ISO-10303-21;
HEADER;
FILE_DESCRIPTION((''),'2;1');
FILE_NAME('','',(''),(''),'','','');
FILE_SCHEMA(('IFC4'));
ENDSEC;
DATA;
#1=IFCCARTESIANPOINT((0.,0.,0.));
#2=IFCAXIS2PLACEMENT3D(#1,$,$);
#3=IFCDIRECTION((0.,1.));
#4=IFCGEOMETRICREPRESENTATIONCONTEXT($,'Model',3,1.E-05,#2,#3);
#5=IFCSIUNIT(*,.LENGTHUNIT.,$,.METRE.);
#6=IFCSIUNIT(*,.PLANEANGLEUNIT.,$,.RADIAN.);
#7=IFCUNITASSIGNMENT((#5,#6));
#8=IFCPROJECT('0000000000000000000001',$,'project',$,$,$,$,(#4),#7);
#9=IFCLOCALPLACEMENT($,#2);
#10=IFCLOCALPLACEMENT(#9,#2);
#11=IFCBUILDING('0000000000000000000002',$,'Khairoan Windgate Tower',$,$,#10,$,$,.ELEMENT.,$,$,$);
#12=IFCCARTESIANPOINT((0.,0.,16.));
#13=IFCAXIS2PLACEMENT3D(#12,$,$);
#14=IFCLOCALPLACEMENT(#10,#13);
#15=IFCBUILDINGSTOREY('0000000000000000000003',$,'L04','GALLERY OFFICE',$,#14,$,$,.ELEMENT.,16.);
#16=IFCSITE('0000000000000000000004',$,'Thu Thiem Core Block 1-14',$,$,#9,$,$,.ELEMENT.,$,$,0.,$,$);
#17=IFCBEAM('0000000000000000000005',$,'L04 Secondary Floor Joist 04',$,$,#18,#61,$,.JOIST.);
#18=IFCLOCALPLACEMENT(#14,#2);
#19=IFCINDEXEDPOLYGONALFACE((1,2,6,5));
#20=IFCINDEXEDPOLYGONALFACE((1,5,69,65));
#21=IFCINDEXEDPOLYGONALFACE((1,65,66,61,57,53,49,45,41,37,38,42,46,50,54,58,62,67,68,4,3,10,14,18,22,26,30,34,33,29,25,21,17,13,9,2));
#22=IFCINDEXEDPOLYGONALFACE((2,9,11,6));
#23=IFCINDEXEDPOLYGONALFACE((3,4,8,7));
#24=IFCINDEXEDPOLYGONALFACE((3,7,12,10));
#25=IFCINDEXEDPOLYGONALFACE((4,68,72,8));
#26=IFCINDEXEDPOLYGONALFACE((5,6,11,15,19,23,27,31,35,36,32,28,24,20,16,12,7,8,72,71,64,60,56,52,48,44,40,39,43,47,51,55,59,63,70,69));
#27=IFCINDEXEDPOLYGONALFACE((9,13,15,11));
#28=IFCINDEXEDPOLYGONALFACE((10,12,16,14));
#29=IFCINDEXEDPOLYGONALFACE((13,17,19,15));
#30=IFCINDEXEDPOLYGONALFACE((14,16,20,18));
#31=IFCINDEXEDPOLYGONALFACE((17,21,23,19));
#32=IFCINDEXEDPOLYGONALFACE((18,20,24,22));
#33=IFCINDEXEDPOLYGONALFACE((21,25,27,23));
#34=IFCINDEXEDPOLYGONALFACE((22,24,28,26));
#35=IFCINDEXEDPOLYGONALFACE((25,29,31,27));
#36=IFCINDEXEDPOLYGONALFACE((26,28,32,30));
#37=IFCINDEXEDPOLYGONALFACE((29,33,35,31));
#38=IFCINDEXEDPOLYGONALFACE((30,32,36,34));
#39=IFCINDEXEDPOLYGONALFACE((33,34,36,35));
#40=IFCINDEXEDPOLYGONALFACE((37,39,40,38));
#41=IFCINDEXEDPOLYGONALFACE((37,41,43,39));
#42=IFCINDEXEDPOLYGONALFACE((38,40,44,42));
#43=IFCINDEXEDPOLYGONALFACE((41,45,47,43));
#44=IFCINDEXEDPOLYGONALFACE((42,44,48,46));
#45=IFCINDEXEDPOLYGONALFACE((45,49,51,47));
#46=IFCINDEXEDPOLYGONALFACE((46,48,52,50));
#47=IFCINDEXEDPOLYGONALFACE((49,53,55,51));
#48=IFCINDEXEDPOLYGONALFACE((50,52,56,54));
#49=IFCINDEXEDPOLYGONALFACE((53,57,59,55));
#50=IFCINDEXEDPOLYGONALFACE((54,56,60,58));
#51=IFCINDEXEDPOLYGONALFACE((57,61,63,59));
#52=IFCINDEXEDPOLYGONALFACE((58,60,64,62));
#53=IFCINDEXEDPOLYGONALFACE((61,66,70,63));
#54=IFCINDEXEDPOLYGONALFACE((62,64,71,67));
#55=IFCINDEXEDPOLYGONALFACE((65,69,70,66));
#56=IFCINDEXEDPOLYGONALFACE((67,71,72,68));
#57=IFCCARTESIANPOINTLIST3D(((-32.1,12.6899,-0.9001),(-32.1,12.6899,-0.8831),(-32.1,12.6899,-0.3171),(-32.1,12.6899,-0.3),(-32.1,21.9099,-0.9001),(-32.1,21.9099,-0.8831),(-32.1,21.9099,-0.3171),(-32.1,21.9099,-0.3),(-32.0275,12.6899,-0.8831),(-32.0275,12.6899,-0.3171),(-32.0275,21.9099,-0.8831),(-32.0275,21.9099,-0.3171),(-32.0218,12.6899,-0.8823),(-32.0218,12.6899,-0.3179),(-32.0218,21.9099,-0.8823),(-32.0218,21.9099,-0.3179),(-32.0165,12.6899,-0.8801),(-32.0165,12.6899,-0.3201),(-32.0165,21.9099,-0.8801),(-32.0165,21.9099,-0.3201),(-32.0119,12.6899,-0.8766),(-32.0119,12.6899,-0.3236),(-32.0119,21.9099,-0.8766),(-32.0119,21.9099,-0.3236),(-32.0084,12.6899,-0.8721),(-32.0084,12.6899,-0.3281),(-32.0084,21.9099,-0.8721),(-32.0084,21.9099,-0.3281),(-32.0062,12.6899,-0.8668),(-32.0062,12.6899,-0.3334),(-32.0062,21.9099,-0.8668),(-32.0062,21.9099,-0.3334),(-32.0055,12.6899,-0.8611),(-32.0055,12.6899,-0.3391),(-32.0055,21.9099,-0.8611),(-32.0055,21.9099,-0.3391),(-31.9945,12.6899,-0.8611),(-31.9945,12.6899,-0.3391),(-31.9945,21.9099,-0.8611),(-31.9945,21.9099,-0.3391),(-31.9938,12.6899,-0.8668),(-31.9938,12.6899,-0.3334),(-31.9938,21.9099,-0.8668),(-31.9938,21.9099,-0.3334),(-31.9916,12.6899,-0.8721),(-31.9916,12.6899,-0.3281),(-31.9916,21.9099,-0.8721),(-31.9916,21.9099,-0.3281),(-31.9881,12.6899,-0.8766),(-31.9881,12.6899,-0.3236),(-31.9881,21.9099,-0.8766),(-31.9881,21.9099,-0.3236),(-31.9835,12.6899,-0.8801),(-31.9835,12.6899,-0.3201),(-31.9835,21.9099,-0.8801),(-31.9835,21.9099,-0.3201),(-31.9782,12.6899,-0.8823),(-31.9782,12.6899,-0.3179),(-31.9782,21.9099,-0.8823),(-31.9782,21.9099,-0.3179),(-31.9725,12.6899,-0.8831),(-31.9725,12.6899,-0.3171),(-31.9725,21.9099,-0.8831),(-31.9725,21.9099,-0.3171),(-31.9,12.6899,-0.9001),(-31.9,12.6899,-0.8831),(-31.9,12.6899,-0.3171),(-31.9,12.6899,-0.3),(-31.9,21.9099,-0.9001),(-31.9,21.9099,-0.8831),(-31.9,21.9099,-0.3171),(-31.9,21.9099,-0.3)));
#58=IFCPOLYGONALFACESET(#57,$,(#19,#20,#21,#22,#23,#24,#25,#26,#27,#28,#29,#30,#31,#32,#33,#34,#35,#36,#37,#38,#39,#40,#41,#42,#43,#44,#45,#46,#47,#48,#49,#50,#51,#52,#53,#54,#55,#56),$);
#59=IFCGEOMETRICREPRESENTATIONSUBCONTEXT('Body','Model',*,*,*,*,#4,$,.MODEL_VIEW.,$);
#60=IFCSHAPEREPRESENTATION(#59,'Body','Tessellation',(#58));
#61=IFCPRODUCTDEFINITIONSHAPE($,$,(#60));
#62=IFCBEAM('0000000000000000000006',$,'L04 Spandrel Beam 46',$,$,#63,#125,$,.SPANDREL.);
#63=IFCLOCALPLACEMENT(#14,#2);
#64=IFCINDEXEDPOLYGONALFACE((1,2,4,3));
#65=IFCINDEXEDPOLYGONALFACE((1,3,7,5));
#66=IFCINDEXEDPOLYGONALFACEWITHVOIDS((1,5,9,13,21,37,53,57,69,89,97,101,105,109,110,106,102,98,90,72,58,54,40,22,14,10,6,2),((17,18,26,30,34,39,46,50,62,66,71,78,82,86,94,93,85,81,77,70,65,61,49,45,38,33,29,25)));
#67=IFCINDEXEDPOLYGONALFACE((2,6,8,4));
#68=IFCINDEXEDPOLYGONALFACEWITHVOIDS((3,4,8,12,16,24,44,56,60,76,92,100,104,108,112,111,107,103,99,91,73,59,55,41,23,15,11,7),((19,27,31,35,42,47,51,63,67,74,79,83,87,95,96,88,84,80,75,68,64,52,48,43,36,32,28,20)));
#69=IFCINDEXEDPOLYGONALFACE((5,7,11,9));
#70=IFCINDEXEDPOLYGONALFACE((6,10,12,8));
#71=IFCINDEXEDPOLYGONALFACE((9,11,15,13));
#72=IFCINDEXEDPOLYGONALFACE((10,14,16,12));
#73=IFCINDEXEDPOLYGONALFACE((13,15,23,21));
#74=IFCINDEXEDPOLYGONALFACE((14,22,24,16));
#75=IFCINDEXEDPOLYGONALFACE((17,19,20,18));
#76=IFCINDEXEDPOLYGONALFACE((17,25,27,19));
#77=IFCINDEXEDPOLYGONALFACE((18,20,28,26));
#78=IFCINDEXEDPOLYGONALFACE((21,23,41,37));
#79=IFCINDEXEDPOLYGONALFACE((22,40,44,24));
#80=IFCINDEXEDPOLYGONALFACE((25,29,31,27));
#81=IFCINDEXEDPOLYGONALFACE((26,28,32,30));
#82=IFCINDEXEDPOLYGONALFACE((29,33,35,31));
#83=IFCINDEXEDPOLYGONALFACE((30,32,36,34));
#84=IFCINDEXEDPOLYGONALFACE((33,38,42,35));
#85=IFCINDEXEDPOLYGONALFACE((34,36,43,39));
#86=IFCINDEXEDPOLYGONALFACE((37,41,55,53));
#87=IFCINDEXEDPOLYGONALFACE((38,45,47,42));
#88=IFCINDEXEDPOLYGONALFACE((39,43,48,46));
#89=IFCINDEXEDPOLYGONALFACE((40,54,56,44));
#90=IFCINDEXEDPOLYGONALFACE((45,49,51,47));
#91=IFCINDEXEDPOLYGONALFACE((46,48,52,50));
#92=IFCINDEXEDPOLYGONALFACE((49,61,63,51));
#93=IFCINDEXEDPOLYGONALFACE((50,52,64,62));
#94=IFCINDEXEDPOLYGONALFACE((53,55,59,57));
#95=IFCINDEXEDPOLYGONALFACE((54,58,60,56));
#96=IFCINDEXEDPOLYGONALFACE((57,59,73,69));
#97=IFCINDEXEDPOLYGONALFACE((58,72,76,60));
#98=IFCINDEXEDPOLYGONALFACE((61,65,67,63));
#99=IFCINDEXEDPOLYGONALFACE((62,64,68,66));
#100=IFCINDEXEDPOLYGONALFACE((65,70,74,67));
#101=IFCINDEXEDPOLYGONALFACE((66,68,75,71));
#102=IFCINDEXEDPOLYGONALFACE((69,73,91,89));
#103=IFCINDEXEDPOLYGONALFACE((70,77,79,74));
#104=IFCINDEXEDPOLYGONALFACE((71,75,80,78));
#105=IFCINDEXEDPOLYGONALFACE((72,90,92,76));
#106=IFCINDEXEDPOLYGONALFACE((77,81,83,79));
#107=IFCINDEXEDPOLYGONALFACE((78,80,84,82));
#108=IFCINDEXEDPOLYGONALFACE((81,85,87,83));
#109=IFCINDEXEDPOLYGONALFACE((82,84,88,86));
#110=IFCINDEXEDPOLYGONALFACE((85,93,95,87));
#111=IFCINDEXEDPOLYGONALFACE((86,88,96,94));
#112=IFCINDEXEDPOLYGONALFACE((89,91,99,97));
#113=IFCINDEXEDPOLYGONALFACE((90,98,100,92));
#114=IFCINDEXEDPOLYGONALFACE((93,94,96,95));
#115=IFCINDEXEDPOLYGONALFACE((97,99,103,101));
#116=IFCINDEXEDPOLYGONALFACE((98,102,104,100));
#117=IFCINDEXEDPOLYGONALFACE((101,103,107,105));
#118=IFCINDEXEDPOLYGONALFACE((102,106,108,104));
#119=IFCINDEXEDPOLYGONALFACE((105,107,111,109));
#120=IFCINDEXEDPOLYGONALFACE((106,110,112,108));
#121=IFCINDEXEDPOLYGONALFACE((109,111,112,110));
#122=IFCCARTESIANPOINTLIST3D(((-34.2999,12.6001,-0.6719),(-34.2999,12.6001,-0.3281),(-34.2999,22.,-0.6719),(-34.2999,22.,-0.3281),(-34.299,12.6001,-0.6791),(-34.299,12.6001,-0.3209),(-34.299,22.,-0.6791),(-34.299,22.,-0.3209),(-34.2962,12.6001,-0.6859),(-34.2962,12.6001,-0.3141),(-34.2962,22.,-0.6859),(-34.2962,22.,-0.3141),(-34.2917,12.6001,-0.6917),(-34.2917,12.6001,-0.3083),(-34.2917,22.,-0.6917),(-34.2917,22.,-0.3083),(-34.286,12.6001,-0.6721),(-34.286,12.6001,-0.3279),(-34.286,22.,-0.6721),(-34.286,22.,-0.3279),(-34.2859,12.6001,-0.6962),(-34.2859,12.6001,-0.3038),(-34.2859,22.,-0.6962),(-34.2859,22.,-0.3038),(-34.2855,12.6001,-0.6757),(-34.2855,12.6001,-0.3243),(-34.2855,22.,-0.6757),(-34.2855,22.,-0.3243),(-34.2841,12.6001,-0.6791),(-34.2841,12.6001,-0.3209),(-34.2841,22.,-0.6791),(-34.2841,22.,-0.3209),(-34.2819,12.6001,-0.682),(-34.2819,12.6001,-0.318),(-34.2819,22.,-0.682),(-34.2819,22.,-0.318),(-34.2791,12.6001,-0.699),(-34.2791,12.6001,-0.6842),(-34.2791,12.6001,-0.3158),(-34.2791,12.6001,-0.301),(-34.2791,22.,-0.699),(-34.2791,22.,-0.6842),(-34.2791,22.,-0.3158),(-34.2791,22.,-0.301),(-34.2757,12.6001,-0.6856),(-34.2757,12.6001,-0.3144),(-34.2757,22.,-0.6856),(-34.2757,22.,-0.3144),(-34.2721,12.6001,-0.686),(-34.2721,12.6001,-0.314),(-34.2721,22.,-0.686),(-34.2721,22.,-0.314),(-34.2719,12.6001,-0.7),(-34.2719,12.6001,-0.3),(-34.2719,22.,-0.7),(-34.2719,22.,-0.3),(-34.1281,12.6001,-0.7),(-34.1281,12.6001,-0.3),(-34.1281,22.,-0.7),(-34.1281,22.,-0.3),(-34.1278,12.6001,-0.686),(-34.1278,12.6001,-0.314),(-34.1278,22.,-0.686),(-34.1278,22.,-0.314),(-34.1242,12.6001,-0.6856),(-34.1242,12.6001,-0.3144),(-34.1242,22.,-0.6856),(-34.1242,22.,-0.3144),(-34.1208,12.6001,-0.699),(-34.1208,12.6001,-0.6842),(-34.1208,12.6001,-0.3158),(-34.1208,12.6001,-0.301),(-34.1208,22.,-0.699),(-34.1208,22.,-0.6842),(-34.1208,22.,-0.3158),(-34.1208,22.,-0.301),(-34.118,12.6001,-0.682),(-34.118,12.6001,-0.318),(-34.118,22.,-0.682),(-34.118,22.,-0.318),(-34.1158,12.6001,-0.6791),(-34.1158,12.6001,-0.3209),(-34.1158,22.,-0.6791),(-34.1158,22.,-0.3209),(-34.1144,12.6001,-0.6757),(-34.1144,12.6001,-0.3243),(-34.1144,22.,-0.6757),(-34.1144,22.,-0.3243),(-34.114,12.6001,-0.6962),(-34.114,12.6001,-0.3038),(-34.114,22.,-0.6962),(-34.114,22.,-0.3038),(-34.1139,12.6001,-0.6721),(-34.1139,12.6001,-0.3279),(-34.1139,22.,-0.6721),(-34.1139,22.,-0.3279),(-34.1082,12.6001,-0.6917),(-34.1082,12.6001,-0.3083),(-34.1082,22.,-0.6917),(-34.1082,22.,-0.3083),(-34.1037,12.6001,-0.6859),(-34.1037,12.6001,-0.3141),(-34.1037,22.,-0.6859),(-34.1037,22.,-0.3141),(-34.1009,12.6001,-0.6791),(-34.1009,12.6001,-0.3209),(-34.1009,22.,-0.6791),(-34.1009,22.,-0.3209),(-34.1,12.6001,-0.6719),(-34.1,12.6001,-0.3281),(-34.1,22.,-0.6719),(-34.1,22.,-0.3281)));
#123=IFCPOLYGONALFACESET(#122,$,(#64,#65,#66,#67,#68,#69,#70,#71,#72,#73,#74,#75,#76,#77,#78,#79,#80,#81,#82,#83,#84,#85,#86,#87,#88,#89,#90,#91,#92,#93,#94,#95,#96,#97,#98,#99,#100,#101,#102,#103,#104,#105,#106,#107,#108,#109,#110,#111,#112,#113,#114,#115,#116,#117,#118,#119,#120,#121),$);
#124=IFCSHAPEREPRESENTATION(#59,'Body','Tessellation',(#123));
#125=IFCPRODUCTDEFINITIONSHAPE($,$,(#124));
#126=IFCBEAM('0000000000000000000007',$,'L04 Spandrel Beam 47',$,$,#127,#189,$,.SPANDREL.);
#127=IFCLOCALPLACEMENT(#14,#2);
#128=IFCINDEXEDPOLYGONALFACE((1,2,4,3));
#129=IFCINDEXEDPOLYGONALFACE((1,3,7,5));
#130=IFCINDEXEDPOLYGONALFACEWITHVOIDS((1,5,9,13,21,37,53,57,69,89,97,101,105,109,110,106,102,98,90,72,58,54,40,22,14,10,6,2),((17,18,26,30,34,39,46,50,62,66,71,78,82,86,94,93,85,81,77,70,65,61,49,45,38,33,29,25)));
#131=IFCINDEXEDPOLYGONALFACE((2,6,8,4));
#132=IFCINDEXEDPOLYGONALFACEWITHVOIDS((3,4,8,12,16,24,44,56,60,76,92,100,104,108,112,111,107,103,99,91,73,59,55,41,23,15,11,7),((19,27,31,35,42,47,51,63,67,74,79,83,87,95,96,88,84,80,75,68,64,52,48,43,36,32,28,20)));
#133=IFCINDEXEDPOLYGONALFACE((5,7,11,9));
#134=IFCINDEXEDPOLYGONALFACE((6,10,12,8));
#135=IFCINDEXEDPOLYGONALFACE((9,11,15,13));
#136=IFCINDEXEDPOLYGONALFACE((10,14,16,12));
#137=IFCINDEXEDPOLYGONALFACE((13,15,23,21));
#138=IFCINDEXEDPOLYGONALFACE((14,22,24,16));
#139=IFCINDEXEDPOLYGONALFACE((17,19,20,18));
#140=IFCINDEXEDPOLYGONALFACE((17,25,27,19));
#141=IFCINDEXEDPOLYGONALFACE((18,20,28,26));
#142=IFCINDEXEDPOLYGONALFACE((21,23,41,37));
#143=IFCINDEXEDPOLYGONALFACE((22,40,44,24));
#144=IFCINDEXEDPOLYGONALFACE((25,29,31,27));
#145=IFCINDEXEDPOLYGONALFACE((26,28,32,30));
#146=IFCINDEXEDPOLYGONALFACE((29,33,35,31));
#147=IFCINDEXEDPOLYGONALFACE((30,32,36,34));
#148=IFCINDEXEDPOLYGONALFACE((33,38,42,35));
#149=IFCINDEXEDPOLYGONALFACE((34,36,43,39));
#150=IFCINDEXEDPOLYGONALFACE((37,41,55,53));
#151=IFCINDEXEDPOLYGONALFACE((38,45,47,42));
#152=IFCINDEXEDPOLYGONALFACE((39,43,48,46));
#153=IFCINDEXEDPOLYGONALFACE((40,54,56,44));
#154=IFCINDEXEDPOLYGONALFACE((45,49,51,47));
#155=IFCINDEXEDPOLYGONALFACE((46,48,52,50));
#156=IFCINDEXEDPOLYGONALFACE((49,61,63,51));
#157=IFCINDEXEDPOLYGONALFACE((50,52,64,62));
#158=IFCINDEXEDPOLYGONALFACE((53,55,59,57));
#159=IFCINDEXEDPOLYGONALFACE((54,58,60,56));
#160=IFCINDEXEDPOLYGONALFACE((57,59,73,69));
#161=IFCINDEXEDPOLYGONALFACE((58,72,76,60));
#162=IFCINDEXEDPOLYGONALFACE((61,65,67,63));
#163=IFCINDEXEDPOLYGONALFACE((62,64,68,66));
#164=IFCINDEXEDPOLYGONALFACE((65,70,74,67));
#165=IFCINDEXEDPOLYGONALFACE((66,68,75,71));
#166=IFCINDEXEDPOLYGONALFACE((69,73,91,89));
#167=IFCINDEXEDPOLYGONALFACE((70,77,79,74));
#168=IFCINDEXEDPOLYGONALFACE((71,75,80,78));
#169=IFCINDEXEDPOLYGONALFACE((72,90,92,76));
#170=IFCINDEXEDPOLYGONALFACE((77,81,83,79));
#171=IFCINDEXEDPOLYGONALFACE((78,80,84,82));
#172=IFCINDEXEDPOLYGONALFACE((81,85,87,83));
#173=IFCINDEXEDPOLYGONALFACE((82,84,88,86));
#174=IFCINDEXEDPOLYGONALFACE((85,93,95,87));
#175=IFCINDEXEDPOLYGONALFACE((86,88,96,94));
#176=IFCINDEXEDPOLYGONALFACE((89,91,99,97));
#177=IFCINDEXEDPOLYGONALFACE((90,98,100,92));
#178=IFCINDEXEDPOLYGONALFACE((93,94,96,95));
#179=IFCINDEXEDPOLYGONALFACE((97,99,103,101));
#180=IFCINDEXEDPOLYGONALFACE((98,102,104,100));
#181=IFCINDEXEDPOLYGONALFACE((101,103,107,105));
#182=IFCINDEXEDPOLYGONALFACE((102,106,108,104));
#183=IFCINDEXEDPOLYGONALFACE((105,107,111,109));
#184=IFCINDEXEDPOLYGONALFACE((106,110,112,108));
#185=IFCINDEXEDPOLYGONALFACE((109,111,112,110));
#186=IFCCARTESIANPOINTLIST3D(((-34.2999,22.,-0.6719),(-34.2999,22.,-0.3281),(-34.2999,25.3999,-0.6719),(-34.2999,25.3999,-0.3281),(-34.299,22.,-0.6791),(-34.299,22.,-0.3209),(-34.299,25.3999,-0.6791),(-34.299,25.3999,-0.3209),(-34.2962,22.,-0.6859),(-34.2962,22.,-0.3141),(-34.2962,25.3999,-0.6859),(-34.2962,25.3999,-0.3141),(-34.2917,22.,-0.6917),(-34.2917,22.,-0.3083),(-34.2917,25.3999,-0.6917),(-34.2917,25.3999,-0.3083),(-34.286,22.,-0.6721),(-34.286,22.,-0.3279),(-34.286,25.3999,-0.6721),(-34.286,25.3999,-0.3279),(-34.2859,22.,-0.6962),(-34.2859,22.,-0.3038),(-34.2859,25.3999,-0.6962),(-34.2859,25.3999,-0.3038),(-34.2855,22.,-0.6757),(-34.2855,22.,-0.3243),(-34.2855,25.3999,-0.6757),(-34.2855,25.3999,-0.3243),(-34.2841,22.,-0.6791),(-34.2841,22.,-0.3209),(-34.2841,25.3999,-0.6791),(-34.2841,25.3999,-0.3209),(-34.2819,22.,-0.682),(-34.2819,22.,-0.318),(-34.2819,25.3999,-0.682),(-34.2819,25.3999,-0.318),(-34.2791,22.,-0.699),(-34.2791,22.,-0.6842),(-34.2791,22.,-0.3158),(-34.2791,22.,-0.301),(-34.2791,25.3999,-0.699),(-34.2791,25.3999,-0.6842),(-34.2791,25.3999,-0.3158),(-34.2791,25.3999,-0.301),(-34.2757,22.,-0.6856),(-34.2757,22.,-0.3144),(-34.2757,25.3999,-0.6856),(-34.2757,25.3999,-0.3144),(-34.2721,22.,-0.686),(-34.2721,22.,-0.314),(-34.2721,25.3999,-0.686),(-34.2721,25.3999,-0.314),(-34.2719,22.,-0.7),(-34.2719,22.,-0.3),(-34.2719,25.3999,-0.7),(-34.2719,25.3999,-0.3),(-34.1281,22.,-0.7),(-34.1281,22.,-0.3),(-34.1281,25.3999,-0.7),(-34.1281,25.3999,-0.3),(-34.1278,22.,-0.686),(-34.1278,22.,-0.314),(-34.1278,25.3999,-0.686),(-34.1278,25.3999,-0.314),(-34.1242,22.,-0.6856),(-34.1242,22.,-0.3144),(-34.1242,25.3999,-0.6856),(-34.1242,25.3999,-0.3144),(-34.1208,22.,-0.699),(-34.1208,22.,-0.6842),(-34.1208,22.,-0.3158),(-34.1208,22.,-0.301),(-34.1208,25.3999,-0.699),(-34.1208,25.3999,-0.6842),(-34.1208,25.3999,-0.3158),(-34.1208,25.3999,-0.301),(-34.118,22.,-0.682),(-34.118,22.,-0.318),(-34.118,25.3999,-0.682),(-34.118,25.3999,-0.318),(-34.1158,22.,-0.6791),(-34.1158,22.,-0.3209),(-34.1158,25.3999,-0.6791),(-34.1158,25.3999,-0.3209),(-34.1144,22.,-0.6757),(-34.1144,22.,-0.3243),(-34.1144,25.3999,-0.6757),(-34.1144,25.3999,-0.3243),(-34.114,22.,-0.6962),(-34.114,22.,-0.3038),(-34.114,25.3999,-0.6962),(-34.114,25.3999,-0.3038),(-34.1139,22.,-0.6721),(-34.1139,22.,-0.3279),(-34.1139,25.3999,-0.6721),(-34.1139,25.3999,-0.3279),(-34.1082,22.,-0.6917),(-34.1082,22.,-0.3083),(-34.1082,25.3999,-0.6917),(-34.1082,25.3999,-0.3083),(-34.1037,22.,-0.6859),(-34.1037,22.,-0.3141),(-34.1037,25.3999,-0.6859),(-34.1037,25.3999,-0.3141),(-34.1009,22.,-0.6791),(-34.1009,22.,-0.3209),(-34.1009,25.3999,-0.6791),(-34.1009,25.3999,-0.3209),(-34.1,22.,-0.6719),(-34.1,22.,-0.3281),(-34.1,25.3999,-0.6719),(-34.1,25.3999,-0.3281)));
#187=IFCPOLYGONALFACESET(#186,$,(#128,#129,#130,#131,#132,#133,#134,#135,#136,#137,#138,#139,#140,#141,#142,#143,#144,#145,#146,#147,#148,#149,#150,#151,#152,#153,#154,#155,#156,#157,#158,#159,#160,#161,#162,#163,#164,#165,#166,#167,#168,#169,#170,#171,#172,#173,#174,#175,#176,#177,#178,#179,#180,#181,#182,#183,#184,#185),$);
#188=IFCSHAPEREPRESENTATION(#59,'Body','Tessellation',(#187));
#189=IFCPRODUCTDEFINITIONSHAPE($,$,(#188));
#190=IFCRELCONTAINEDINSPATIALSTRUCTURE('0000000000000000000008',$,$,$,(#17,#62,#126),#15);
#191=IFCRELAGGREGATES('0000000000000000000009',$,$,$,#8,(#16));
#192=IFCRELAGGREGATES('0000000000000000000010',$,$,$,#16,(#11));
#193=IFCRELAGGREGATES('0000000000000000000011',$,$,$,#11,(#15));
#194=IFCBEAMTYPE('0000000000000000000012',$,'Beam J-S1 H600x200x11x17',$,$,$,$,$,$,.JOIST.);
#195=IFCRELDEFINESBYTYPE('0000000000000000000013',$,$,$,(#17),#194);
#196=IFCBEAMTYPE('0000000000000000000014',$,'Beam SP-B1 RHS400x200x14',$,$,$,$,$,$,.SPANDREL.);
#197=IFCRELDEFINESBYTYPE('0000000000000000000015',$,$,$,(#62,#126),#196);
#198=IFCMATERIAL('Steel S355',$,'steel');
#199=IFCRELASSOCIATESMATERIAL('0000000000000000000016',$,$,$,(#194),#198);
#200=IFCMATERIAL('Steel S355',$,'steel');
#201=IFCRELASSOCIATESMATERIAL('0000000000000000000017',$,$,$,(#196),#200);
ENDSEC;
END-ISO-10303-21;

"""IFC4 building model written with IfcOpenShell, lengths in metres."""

from ifc_helpers import new_model, si_unit, direction, frame, origin, origin_2d, place, context, subcontext, project, spatial, hollow_rectangle, i_section, extrude, material, material_profile, profile_set, type_object, element, save


model = new_model("IFC4")

# Units and contexts
model_context = context("Model", 3, precision=1e-05, world=origin(), true_north=direction((0.0, 1.0)))
body_context = subcontext(model_context, "Body", "Model", "MODEL_VIEW")
ifc_project = project(units=[si_unit("LENGTHUNIT", "METRE"), si_unit("PLANEANGLEUNIT", "RADIAN")], contexts=[model_context])

# Site, building, storey
site_placement = place(None, origin())
site = spatial("IfcSite", under=ifc_project, at=site_placement, Name="Thu Thiem Core Block 1-14", CompositionType="ELEMENT", RefElevation=0.0)
building_placement = place(site_placement, origin())
building = spatial("IfcBuilding", under=site, at=building_placement, Name="Khairoan Windgate Tower", CompositionType="ELEMENT")
storey_placement = place(building_placement, frame((0.0, 0.0, 16.0)))
storey = spatial("IfcBuildingStorey", under=building, at=storey_placement, Name="L04", Description="GALLERY OFFICE", CompositionType="ELEMENT", Elevation=16.0)

# Beams
ifc_material_1 = material(Name="Steel S355", Category="steel")
ifc_material_profile_1 = material_profile(ifc_material_1, i_section(OverallWidth=0.2, OverallDepth=0.6001, WebThickness=0.011, FlangeThickness=0.0171, FilletRadius=0.022, at=origin_2d()))
ifc_profile_set_1 = profile_set([ifc_material_profile_1], Name="Steel S355")
beam_type_1 = type_object("IfcBeamType", Name="Beam J-S1 H600x200x11x17", PredefinedType="JOIST", material=ifc_profile_set_1)
beam_1_placement = place(storey_placement, frame((-32.0, 12.6899, -0.6001), z_axis=(0.0, 1.0, 0.0), x_axis=(-1.0, 0.0, 0.0)))
element("IfcBeam", 1, at=beam_1_placement, inside=storey, type_object=beam_type_1, Name="L04 Secondary Floor Joist 04", PredefinedType="JOIST", context=body_context, shape_type="SweptSolid", body=[
    extrude(i_section(OverallWidth=0.2, OverallDepth=0.6001, WebThickness=0.011, FlangeThickness=0.0171, FilletRadius=0.022, at=origin_2d()), origin(), (0.0, 0.0, 1.0), 9.22),
])
ifc_material_2 = material(Name="Steel S355", Category="steel")
ifc_material_profile_2 = material_profile(ifc_material_2, hollow_rectangle(XDim=0.2, YDim=0.3999, WallThickness=0.0139, InnerFilletRadius=0.0139, OuterFilletRadius=0.0281, at=origin_2d()))
ifc_profile_set_2 = profile_set([ifc_material_profile_2], Name="Steel S355")
beam_type_2 = type_object("IfcBeamType", Name="Beam SP-B1 RHS400x200x14", PredefinedType="SPANDREL", material=ifc_profile_set_2)
beam_2_placement = place(storey_placement, frame((-34.2, 12.6001, -0.5), z_axis=(0.0, 1.0, 0.0), x_axis=(-1.0, 0.0, 0.0)))
element("IfcBeam", 2, at=beam_2_placement, inside=storey, type_object=beam_type_2, Name="L04 Spandrel Beam 46", PredefinedType="SPANDREL", context=body_context, shape_type="SweptSolid", body=[
    extrude(hollow_rectangle(XDim=0.2, YDim=0.3999, WallThickness=0.0139, InnerFilletRadius=0.0139, OuterFilletRadius=0.0281, at=origin_2d()), origin(), (0.0, 0.0, 1.0), 9.3999),
])
beam_3_placement = place(storey_placement, frame((-34.2, 22.0, -0.5), z_axis=(0.0, 1.0, 0.0), x_axis=(-1.0, 0.0, 0.0)))
element("IfcBeam", 3, at=beam_3_placement, inside=storey, type_object=beam_type_2, Name="L04 Spandrel Beam 47", PredefinedType="SPANDREL", context=body_context, shape_type="SweptSolid", body=[
    extrude(hollow_rectangle(XDim=0.2, YDim=0.3999, WallThickness=0.0139, InnerFilletRadius=0.0139, OuterFilletRadius=0.0281, at=origin_2d()), origin(), (0.0, 0.0, 1.0), 3.3999),
])

save(model, "model.ifc")
